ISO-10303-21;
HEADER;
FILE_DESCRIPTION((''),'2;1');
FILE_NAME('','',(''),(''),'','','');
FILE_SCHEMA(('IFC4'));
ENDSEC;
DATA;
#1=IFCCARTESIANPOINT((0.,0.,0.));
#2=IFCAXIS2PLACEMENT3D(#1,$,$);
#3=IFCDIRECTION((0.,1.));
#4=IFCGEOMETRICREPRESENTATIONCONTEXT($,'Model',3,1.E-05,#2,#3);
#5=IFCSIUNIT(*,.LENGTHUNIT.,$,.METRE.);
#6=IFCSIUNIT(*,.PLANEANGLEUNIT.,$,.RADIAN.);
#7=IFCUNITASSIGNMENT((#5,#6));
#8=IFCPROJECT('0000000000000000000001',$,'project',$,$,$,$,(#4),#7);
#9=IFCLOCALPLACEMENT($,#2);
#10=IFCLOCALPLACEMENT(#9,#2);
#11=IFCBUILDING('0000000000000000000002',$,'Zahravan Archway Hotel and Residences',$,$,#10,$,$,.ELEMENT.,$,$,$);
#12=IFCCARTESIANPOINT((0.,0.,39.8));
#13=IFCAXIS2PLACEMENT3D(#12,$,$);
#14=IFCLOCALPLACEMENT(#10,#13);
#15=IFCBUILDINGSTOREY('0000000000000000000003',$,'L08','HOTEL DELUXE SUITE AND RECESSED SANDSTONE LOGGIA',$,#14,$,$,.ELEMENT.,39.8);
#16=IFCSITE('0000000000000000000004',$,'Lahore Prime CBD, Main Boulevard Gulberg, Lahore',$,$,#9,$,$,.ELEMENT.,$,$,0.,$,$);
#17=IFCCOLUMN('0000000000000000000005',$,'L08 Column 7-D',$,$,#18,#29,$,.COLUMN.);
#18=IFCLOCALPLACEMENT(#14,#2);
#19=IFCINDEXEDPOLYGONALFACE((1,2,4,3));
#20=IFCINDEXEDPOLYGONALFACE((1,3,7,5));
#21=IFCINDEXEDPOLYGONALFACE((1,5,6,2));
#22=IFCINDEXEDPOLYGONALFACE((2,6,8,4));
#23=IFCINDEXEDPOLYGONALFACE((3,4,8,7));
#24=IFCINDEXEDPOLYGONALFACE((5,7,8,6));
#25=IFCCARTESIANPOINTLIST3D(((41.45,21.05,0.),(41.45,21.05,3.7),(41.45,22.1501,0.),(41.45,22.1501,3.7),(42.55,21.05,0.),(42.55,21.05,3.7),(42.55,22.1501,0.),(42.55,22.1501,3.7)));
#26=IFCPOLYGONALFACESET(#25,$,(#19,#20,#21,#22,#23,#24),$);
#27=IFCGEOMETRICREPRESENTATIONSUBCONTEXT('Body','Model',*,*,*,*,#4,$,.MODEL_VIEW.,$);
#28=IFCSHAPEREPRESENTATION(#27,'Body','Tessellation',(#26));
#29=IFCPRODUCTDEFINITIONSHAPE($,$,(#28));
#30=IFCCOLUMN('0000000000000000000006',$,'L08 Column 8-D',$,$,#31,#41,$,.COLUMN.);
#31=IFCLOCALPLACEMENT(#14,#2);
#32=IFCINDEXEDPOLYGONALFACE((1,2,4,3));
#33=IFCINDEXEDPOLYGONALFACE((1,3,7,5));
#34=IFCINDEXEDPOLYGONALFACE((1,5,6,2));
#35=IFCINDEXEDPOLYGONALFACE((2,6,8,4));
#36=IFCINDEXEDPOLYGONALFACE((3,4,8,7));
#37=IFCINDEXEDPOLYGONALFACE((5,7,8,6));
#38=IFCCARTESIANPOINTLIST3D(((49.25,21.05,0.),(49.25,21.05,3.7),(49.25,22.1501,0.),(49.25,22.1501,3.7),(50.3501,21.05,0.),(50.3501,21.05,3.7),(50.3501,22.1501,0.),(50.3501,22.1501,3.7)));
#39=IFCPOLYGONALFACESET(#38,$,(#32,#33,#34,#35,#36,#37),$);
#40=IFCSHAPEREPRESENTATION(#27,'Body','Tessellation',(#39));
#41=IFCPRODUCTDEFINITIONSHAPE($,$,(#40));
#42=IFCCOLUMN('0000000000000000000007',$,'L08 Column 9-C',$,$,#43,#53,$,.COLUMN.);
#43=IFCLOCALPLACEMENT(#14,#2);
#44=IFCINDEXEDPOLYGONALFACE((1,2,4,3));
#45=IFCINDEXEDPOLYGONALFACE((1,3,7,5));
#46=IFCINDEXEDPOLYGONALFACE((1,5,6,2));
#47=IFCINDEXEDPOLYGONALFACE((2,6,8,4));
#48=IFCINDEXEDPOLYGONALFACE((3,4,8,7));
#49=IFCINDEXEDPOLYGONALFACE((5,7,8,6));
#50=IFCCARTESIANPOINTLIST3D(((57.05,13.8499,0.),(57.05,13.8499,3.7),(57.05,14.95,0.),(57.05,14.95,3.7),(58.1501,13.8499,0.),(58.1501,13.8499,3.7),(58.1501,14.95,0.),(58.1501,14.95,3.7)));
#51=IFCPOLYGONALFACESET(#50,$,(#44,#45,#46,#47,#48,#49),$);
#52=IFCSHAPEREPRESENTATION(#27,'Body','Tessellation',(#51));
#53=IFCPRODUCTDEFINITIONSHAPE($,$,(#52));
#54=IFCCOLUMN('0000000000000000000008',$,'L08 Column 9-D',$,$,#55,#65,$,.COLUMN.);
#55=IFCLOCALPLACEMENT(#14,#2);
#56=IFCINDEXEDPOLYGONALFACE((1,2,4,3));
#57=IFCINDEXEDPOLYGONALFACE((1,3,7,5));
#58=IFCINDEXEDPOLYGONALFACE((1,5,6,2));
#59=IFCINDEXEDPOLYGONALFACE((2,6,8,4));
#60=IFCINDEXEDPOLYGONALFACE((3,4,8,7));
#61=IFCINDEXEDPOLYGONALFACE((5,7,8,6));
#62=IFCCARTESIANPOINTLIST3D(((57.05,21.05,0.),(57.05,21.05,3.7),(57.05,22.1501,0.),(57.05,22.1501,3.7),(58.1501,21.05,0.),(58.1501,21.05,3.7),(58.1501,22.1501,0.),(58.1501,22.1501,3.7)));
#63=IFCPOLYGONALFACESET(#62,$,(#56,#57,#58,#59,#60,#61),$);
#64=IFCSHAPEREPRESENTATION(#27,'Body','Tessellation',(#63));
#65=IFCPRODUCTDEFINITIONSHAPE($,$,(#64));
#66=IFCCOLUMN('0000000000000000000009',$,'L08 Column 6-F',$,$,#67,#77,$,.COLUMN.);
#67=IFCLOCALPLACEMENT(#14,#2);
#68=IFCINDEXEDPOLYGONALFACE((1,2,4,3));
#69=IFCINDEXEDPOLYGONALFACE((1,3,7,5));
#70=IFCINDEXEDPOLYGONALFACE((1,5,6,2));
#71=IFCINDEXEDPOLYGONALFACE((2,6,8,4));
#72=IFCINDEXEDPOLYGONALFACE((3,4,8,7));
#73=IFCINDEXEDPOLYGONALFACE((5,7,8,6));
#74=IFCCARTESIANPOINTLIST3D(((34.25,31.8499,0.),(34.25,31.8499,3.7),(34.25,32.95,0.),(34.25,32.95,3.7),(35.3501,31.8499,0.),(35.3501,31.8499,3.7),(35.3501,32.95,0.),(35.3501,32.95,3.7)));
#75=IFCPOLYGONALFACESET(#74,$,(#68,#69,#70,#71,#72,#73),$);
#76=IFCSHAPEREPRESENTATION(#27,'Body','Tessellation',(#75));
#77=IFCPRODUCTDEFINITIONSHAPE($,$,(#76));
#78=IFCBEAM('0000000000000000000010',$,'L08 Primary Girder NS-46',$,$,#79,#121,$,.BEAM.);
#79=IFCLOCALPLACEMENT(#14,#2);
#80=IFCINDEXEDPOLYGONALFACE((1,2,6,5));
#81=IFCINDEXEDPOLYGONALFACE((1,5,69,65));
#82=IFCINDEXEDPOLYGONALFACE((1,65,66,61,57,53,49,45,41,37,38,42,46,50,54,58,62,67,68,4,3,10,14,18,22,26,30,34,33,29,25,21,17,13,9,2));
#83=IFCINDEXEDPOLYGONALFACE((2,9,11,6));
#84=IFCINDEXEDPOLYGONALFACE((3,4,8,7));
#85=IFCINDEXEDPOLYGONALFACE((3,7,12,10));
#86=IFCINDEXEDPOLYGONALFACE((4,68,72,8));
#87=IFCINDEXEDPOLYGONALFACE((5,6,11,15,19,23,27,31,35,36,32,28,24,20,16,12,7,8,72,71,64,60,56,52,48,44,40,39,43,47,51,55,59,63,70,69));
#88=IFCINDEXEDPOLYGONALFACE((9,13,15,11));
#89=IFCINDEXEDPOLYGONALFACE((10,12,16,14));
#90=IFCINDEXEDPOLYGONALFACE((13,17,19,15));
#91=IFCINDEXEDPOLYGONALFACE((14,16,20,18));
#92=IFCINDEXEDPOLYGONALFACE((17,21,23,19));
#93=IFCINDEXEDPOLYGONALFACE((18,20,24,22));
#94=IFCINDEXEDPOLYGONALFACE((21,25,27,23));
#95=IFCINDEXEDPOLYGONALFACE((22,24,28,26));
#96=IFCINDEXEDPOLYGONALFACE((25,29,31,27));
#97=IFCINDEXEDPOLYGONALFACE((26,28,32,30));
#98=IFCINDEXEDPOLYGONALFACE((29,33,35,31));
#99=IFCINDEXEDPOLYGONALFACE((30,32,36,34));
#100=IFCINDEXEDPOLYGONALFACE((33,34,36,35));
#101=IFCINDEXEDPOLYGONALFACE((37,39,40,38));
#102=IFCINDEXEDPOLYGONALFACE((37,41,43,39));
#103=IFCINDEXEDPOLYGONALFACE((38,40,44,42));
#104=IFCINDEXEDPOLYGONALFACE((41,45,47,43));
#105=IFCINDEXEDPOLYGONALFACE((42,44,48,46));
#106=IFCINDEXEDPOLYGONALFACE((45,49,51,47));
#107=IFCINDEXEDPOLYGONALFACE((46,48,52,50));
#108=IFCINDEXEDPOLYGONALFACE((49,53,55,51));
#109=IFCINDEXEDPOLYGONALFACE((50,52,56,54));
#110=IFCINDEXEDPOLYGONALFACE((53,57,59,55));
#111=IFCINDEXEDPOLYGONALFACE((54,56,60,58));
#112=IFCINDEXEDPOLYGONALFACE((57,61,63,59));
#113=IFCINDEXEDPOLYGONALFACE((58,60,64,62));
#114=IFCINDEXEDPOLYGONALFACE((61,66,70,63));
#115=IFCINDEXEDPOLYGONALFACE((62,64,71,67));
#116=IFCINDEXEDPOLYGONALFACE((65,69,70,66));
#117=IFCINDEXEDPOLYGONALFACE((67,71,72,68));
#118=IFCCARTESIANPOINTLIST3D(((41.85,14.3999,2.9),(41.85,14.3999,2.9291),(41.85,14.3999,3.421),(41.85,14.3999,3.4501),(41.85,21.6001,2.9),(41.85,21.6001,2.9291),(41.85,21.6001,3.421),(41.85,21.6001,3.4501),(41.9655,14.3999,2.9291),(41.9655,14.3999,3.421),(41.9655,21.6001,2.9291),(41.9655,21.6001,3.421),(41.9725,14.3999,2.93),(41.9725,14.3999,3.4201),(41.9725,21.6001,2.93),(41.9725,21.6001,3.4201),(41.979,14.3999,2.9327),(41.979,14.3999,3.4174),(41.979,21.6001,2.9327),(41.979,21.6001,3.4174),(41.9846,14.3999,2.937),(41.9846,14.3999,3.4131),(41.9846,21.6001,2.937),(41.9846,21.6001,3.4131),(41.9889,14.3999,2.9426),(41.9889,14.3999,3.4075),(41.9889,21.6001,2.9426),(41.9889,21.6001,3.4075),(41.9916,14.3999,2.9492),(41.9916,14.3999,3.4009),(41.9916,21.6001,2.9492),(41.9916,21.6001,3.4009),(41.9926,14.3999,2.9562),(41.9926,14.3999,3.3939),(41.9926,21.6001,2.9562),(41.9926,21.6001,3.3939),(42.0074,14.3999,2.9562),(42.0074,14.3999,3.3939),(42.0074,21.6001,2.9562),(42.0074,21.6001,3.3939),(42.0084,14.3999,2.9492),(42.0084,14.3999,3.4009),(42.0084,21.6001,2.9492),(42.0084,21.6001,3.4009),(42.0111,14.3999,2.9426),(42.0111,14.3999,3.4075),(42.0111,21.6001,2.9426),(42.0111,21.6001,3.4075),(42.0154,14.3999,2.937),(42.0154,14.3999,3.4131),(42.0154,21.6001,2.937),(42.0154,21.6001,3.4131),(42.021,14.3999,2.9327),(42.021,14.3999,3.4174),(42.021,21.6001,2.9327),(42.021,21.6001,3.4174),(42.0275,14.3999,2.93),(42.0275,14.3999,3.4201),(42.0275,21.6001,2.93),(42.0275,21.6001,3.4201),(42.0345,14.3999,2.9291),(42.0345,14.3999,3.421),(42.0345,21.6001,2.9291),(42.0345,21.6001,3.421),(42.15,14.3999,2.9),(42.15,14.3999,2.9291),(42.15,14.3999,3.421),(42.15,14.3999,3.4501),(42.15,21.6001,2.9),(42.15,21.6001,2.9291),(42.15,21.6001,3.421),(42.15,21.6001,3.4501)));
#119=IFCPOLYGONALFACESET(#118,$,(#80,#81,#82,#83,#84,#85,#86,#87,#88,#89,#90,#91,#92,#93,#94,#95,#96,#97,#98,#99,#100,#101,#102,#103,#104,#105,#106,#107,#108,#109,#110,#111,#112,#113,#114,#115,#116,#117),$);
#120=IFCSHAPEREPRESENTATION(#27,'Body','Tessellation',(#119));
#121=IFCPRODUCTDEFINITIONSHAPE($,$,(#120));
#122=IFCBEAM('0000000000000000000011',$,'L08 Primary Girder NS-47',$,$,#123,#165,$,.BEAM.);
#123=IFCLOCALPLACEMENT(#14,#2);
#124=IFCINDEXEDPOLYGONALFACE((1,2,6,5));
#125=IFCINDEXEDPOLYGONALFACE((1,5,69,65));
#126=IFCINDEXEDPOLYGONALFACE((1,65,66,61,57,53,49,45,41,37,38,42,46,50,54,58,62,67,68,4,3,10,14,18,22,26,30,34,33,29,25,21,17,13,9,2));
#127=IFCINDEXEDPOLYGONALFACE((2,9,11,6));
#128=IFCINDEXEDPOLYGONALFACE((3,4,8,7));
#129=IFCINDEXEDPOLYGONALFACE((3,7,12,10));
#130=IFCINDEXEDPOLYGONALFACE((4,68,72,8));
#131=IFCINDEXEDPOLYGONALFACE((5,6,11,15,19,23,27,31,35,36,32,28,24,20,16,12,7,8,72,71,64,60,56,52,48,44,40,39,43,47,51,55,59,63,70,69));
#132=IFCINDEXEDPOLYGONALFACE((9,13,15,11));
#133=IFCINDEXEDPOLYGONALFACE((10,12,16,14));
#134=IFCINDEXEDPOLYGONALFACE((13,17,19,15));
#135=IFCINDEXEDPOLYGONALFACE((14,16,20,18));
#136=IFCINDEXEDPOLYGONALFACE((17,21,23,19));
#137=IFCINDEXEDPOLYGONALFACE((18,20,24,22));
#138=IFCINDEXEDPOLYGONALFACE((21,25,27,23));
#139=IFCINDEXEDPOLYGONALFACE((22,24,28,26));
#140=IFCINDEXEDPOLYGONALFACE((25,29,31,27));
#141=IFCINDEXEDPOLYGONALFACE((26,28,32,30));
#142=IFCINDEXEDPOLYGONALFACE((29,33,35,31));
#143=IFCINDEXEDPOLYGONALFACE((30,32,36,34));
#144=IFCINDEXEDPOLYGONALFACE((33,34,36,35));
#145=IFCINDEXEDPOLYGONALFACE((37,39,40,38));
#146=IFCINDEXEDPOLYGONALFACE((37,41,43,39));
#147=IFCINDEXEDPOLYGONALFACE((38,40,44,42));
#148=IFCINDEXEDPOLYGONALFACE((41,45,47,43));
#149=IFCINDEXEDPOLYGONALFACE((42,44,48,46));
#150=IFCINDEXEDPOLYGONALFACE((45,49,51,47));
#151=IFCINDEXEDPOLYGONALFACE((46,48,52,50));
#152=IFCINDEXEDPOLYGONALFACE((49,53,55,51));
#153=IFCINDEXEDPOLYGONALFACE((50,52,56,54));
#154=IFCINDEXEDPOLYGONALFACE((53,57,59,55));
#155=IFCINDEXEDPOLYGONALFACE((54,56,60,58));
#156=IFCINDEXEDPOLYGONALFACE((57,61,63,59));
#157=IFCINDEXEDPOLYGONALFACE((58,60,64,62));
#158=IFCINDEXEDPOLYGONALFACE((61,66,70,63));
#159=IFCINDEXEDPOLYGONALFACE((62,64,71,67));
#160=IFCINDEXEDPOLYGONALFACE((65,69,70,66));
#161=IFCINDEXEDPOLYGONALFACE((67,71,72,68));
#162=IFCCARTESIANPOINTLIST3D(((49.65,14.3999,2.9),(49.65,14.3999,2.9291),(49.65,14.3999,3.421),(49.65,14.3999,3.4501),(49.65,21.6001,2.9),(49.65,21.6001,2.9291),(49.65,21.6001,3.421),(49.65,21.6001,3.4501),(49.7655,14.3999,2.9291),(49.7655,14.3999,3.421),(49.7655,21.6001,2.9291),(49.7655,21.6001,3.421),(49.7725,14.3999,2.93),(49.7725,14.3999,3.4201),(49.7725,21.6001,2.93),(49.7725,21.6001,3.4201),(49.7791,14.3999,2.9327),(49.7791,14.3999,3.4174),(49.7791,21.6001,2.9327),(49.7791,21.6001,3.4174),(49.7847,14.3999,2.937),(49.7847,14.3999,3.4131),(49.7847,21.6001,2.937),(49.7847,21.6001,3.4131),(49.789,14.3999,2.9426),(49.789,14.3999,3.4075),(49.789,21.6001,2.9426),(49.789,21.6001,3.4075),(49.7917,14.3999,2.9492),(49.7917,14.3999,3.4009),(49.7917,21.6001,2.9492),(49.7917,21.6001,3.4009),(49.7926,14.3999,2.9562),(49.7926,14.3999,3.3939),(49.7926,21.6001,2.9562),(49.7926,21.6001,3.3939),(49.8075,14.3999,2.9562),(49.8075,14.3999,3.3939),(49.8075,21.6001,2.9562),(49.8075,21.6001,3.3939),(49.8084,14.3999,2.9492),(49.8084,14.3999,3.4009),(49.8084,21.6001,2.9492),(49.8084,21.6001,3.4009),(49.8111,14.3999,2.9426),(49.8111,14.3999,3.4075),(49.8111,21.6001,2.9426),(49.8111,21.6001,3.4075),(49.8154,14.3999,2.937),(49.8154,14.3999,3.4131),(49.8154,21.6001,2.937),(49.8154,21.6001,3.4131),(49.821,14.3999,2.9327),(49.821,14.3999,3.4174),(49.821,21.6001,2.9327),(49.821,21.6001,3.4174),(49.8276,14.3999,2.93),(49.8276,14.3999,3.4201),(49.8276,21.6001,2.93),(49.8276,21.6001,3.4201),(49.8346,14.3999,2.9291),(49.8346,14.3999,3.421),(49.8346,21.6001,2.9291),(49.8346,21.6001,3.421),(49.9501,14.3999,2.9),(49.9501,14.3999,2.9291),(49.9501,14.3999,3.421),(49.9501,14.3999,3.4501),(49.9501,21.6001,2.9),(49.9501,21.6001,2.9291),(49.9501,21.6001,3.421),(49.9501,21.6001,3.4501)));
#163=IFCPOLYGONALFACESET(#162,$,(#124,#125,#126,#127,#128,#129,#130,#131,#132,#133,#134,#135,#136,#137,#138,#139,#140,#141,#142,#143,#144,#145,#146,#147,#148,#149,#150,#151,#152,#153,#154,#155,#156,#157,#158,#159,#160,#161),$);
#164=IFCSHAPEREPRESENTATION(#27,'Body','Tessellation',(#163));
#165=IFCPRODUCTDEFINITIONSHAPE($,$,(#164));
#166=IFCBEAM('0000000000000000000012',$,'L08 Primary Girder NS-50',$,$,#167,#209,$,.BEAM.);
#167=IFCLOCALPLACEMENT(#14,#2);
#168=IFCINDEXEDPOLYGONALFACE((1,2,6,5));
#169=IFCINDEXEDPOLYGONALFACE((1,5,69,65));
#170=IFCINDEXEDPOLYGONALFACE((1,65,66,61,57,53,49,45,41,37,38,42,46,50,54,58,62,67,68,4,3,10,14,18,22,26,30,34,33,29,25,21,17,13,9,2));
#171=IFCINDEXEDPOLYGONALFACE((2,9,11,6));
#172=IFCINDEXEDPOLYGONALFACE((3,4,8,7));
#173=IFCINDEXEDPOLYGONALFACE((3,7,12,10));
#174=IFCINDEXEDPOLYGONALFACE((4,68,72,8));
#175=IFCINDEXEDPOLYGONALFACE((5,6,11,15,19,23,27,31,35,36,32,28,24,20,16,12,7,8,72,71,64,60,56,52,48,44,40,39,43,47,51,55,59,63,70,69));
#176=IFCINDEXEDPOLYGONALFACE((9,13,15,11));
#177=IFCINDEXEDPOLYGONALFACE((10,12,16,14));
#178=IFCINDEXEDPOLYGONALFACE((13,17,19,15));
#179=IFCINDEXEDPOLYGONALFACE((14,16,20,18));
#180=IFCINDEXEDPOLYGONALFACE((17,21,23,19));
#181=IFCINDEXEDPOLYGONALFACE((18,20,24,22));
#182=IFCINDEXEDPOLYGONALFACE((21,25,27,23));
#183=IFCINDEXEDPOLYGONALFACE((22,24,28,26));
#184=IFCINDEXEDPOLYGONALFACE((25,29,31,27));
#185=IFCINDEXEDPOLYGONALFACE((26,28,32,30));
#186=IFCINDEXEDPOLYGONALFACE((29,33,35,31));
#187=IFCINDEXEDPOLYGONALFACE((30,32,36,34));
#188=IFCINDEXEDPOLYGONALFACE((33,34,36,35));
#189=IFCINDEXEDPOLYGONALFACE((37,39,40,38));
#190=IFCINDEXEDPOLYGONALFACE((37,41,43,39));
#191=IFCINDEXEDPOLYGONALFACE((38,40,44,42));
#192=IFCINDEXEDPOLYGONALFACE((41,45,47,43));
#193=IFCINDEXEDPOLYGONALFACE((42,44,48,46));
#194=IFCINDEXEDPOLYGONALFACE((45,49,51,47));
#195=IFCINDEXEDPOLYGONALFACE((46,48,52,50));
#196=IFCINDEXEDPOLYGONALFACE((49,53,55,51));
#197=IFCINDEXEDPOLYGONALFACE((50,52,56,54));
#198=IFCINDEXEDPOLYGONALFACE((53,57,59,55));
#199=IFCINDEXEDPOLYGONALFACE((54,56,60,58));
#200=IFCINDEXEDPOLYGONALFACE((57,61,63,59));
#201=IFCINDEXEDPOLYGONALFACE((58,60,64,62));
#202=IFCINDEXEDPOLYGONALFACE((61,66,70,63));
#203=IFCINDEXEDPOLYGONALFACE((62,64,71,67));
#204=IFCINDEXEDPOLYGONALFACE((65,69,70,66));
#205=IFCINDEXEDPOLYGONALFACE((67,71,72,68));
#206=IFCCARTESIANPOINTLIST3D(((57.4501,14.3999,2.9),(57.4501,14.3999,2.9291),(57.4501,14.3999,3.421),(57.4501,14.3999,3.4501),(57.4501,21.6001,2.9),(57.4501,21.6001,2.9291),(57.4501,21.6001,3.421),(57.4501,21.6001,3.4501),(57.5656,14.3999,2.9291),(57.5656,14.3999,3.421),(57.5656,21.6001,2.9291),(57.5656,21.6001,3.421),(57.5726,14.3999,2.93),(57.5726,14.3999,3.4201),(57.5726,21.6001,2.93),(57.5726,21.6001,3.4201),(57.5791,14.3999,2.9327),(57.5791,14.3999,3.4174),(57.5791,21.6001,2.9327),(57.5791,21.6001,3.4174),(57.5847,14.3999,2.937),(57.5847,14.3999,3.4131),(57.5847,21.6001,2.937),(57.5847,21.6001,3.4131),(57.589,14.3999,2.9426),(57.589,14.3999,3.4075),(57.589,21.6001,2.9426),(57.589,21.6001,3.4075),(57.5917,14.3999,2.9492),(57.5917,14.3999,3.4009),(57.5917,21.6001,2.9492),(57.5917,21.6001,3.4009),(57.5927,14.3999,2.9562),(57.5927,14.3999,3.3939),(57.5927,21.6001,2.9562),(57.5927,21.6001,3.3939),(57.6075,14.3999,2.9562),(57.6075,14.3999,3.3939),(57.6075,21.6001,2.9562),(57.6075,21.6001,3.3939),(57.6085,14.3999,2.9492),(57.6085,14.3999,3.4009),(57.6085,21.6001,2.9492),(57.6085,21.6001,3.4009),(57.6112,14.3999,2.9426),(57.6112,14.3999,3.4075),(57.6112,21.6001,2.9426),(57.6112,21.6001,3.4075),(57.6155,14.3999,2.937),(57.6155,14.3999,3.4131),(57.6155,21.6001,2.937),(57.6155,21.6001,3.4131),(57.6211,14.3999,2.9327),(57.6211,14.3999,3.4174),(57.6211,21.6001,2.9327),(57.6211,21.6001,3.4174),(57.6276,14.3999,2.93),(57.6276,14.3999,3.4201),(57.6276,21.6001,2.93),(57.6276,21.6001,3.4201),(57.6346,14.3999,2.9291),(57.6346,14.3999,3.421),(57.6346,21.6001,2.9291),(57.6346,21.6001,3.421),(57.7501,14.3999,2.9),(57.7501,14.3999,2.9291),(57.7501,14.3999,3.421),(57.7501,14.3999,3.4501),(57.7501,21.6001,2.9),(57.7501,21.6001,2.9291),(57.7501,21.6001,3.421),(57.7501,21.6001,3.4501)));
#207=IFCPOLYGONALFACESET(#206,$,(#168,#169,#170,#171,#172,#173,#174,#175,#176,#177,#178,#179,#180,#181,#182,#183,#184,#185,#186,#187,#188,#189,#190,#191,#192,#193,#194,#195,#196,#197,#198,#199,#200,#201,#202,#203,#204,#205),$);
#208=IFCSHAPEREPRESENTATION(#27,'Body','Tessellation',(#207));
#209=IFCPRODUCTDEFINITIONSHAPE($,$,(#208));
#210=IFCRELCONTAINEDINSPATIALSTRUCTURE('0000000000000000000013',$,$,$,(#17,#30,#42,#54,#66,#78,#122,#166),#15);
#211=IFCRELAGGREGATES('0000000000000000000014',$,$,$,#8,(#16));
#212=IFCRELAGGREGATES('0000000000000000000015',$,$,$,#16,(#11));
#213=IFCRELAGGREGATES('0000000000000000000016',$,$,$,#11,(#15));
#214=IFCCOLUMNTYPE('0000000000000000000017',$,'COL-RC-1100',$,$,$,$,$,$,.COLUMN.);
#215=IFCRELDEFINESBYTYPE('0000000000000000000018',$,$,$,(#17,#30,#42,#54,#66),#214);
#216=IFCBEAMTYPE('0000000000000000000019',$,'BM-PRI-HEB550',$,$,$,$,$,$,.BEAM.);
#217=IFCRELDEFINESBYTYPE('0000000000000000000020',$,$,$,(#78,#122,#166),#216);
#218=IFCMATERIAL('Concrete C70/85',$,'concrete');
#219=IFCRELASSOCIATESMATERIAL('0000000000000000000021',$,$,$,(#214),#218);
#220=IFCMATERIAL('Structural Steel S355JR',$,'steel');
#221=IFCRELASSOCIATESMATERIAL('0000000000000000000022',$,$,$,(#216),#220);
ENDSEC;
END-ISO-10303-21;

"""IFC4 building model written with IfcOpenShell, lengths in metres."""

from ifc_helpers import new_model, si_unit, direction, frame, origin, origin_2d, place, context, subcontext, project, spatial, rectangle, i_section, extrude, source, transform, mapped, material, material_profile, profile_set, type_object, type_shapes, element, save


model = new_model("IFC4")

# Units and contexts
model_context = context("Model", 3, precision=1e-05, world=origin(), true_north=direction((0.0, 1.0)))
body_context = subcontext(model_context, "Body", "Model", "MODEL_VIEW")
ifc_project = project(units=[si_unit("LENGTHUNIT", "METRE"), si_unit("PLANEANGLEUNIT", "RADIAN")], contexts=[model_context])

# Site, building, storey
site_placement = place(None, origin())
site = spatial("IfcSite", under=ifc_project, at=site_placement, Name="Lahore Prime CBD, Main Boulevard Gulberg, Lahore", CompositionType="ELEMENT", RefElevation=0.0)
building_placement = place(site_placement, origin())
building = spatial("IfcBuilding", under=site, at=building_placement, Name="Zahravan Archway Hotel and Residences", CompositionType="ELEMENT")
storey_placement = place(building_placement, frame((0.0, 0.0, 39.8)))
storey = spatial("IfcBuildingStorey", under=building, at=storey_placement, Name="L08", Description="HOTEL DELUXE SUITE AND RECESSED SANDSTONE LOGGIA", CompositionType="ELEMENT", Elevation=39.8)

# Columns
ifc_material_1 = material(Name="Concrete C70/85", Category="concrete")
ifc_material_profile_1 = material_profile(ifc_material_1, rectangle(XDim=1.1001, YDim=1.1001, at=origin_2d()), Name="RC 1100x1100", Category="concrete")
ifc_profile_set_1 = profile_set([ifc_material_profile_1], Name="Concrete C70/85")
column_type = type_object("IfcColumnType", Name="COL-RC-1100", PredefinedType="COLUMN", material=ifc_profile_set_1)
shared_shape_1 = source(origin(), body_context, "Body", "SweptSolid", [
    extrude(rectangle(XDim=1.1001, YDim=1.1001, at=origin_2d()), origin(), (0.0, 0.0, 1.0), 3.7),
])
for number, where, z_axis, x_axis, name in (
    (1, (42.0, 21.6001, 0.0), (0.0, 0.0, 1.0), (1.0, 0.0, 0.0), "L08 Column 7-D"),
    (2, (49.8, 21.6001, 0.0), (0.0, 0.0, 1.0), (1.0, 0.0, 0.0), "L08 Column 8-D"),
    (3, (57.6001, 14.3999, 0.0), (0.0, 0.0, 1.0), (1.0, 0.0, 0.0), "L08 Column 9-C"),
    (4, (57.6001, 21.6001, 0.0), (0.0, 0.0, 1.0), (1.0, 0.0, 0.0), "L08 Column 9-D"),
    (5, (34.8, 32.3999, 0.0), (0.0, 0.0, 1.0), (1.0, 0.0, 0.0), "L08 Column 6-F"),
):
    element("IfcColumn", number, at=place(storey_placement, frame(where, z_axis=z_axis, x_axis=x_axis)), inside=storey, type_object=column_type, Name=name, PredefinedType="COLUMN", context=body_context, shape_type="MappedRepresentation", body=[
        mapped(shared_shape_1, transform((0.0, 0.0, 0.0), scale=1.0)),
    ])

# Beams
ifc_material_2 = material(Name="Structural Steel S355JR", Category="steel")
ifc_material_profile_2 = material_profile(ifc_material_2, i_section(OverallWidth=0.3, OverallDepth=0.55, WebThickness=0.0149, FlangeThickness=0.0291, FilletRadius=0.0271, at=origin_2d()), Name="HEB 550", Category="steel")
ifc_profile_set_2 = profile_set([ifc_material_profile_2], Name="Structural Steel S355JR")
beam_type_1 = type_object("IfcBeamType", Name="BM-PRI-HEB550", PredefinedType="BEAM", material=ifc_profile_set_2)
shared_shape_2 = source(origin(), body_context, "Body", "SweptSolid", [
    extrude(i_section(OverallWidth=0.3, OverallDepth=0.55, WebThickness=0.0149, FlangeThickness=0.0291, FilletRadius=0.0271, at=origin_2d()), origin(), (0.0, 0.0, 1.0), 7.2002),
])
type_shapes(beam_type_1, [shared_shape_2])
for number, where, z_axis, x_axis, name in (
    (6, (42.0, 14.3999, 3.175), (0.0, 1.0, 0.0), (-1.0, 0.0, 0.0), "L08 Primary Girder NS-46"),
    (7, (49.8, 14.3999, 3.175), (0.0, 1.0, 0.0), (-1.0, 0.0, 0.0), "L08 Primary Girder NS-47"),
    (8, (57.6001, 14.3999, 3.175), (0.0, 1.0, 0.0), (-1.0, 0.0, 0.0), "L08 Primary Girder NS-50"),
):
    element("IfcBeam", number, at=place(storey_placement, frame(where, z_axis=z_axis, x_axis=x_axis)), inside=storey, type_object=beam_type_1, Name=name, PredefinedType="BEAM", context=body_context, shape_type="MappedRepresentation", body=[
        mapped(shared_shape_2, transform((0.0, 0.0, 0.0), scale=1.0)),
    ])

save(model, "model.ifc")
